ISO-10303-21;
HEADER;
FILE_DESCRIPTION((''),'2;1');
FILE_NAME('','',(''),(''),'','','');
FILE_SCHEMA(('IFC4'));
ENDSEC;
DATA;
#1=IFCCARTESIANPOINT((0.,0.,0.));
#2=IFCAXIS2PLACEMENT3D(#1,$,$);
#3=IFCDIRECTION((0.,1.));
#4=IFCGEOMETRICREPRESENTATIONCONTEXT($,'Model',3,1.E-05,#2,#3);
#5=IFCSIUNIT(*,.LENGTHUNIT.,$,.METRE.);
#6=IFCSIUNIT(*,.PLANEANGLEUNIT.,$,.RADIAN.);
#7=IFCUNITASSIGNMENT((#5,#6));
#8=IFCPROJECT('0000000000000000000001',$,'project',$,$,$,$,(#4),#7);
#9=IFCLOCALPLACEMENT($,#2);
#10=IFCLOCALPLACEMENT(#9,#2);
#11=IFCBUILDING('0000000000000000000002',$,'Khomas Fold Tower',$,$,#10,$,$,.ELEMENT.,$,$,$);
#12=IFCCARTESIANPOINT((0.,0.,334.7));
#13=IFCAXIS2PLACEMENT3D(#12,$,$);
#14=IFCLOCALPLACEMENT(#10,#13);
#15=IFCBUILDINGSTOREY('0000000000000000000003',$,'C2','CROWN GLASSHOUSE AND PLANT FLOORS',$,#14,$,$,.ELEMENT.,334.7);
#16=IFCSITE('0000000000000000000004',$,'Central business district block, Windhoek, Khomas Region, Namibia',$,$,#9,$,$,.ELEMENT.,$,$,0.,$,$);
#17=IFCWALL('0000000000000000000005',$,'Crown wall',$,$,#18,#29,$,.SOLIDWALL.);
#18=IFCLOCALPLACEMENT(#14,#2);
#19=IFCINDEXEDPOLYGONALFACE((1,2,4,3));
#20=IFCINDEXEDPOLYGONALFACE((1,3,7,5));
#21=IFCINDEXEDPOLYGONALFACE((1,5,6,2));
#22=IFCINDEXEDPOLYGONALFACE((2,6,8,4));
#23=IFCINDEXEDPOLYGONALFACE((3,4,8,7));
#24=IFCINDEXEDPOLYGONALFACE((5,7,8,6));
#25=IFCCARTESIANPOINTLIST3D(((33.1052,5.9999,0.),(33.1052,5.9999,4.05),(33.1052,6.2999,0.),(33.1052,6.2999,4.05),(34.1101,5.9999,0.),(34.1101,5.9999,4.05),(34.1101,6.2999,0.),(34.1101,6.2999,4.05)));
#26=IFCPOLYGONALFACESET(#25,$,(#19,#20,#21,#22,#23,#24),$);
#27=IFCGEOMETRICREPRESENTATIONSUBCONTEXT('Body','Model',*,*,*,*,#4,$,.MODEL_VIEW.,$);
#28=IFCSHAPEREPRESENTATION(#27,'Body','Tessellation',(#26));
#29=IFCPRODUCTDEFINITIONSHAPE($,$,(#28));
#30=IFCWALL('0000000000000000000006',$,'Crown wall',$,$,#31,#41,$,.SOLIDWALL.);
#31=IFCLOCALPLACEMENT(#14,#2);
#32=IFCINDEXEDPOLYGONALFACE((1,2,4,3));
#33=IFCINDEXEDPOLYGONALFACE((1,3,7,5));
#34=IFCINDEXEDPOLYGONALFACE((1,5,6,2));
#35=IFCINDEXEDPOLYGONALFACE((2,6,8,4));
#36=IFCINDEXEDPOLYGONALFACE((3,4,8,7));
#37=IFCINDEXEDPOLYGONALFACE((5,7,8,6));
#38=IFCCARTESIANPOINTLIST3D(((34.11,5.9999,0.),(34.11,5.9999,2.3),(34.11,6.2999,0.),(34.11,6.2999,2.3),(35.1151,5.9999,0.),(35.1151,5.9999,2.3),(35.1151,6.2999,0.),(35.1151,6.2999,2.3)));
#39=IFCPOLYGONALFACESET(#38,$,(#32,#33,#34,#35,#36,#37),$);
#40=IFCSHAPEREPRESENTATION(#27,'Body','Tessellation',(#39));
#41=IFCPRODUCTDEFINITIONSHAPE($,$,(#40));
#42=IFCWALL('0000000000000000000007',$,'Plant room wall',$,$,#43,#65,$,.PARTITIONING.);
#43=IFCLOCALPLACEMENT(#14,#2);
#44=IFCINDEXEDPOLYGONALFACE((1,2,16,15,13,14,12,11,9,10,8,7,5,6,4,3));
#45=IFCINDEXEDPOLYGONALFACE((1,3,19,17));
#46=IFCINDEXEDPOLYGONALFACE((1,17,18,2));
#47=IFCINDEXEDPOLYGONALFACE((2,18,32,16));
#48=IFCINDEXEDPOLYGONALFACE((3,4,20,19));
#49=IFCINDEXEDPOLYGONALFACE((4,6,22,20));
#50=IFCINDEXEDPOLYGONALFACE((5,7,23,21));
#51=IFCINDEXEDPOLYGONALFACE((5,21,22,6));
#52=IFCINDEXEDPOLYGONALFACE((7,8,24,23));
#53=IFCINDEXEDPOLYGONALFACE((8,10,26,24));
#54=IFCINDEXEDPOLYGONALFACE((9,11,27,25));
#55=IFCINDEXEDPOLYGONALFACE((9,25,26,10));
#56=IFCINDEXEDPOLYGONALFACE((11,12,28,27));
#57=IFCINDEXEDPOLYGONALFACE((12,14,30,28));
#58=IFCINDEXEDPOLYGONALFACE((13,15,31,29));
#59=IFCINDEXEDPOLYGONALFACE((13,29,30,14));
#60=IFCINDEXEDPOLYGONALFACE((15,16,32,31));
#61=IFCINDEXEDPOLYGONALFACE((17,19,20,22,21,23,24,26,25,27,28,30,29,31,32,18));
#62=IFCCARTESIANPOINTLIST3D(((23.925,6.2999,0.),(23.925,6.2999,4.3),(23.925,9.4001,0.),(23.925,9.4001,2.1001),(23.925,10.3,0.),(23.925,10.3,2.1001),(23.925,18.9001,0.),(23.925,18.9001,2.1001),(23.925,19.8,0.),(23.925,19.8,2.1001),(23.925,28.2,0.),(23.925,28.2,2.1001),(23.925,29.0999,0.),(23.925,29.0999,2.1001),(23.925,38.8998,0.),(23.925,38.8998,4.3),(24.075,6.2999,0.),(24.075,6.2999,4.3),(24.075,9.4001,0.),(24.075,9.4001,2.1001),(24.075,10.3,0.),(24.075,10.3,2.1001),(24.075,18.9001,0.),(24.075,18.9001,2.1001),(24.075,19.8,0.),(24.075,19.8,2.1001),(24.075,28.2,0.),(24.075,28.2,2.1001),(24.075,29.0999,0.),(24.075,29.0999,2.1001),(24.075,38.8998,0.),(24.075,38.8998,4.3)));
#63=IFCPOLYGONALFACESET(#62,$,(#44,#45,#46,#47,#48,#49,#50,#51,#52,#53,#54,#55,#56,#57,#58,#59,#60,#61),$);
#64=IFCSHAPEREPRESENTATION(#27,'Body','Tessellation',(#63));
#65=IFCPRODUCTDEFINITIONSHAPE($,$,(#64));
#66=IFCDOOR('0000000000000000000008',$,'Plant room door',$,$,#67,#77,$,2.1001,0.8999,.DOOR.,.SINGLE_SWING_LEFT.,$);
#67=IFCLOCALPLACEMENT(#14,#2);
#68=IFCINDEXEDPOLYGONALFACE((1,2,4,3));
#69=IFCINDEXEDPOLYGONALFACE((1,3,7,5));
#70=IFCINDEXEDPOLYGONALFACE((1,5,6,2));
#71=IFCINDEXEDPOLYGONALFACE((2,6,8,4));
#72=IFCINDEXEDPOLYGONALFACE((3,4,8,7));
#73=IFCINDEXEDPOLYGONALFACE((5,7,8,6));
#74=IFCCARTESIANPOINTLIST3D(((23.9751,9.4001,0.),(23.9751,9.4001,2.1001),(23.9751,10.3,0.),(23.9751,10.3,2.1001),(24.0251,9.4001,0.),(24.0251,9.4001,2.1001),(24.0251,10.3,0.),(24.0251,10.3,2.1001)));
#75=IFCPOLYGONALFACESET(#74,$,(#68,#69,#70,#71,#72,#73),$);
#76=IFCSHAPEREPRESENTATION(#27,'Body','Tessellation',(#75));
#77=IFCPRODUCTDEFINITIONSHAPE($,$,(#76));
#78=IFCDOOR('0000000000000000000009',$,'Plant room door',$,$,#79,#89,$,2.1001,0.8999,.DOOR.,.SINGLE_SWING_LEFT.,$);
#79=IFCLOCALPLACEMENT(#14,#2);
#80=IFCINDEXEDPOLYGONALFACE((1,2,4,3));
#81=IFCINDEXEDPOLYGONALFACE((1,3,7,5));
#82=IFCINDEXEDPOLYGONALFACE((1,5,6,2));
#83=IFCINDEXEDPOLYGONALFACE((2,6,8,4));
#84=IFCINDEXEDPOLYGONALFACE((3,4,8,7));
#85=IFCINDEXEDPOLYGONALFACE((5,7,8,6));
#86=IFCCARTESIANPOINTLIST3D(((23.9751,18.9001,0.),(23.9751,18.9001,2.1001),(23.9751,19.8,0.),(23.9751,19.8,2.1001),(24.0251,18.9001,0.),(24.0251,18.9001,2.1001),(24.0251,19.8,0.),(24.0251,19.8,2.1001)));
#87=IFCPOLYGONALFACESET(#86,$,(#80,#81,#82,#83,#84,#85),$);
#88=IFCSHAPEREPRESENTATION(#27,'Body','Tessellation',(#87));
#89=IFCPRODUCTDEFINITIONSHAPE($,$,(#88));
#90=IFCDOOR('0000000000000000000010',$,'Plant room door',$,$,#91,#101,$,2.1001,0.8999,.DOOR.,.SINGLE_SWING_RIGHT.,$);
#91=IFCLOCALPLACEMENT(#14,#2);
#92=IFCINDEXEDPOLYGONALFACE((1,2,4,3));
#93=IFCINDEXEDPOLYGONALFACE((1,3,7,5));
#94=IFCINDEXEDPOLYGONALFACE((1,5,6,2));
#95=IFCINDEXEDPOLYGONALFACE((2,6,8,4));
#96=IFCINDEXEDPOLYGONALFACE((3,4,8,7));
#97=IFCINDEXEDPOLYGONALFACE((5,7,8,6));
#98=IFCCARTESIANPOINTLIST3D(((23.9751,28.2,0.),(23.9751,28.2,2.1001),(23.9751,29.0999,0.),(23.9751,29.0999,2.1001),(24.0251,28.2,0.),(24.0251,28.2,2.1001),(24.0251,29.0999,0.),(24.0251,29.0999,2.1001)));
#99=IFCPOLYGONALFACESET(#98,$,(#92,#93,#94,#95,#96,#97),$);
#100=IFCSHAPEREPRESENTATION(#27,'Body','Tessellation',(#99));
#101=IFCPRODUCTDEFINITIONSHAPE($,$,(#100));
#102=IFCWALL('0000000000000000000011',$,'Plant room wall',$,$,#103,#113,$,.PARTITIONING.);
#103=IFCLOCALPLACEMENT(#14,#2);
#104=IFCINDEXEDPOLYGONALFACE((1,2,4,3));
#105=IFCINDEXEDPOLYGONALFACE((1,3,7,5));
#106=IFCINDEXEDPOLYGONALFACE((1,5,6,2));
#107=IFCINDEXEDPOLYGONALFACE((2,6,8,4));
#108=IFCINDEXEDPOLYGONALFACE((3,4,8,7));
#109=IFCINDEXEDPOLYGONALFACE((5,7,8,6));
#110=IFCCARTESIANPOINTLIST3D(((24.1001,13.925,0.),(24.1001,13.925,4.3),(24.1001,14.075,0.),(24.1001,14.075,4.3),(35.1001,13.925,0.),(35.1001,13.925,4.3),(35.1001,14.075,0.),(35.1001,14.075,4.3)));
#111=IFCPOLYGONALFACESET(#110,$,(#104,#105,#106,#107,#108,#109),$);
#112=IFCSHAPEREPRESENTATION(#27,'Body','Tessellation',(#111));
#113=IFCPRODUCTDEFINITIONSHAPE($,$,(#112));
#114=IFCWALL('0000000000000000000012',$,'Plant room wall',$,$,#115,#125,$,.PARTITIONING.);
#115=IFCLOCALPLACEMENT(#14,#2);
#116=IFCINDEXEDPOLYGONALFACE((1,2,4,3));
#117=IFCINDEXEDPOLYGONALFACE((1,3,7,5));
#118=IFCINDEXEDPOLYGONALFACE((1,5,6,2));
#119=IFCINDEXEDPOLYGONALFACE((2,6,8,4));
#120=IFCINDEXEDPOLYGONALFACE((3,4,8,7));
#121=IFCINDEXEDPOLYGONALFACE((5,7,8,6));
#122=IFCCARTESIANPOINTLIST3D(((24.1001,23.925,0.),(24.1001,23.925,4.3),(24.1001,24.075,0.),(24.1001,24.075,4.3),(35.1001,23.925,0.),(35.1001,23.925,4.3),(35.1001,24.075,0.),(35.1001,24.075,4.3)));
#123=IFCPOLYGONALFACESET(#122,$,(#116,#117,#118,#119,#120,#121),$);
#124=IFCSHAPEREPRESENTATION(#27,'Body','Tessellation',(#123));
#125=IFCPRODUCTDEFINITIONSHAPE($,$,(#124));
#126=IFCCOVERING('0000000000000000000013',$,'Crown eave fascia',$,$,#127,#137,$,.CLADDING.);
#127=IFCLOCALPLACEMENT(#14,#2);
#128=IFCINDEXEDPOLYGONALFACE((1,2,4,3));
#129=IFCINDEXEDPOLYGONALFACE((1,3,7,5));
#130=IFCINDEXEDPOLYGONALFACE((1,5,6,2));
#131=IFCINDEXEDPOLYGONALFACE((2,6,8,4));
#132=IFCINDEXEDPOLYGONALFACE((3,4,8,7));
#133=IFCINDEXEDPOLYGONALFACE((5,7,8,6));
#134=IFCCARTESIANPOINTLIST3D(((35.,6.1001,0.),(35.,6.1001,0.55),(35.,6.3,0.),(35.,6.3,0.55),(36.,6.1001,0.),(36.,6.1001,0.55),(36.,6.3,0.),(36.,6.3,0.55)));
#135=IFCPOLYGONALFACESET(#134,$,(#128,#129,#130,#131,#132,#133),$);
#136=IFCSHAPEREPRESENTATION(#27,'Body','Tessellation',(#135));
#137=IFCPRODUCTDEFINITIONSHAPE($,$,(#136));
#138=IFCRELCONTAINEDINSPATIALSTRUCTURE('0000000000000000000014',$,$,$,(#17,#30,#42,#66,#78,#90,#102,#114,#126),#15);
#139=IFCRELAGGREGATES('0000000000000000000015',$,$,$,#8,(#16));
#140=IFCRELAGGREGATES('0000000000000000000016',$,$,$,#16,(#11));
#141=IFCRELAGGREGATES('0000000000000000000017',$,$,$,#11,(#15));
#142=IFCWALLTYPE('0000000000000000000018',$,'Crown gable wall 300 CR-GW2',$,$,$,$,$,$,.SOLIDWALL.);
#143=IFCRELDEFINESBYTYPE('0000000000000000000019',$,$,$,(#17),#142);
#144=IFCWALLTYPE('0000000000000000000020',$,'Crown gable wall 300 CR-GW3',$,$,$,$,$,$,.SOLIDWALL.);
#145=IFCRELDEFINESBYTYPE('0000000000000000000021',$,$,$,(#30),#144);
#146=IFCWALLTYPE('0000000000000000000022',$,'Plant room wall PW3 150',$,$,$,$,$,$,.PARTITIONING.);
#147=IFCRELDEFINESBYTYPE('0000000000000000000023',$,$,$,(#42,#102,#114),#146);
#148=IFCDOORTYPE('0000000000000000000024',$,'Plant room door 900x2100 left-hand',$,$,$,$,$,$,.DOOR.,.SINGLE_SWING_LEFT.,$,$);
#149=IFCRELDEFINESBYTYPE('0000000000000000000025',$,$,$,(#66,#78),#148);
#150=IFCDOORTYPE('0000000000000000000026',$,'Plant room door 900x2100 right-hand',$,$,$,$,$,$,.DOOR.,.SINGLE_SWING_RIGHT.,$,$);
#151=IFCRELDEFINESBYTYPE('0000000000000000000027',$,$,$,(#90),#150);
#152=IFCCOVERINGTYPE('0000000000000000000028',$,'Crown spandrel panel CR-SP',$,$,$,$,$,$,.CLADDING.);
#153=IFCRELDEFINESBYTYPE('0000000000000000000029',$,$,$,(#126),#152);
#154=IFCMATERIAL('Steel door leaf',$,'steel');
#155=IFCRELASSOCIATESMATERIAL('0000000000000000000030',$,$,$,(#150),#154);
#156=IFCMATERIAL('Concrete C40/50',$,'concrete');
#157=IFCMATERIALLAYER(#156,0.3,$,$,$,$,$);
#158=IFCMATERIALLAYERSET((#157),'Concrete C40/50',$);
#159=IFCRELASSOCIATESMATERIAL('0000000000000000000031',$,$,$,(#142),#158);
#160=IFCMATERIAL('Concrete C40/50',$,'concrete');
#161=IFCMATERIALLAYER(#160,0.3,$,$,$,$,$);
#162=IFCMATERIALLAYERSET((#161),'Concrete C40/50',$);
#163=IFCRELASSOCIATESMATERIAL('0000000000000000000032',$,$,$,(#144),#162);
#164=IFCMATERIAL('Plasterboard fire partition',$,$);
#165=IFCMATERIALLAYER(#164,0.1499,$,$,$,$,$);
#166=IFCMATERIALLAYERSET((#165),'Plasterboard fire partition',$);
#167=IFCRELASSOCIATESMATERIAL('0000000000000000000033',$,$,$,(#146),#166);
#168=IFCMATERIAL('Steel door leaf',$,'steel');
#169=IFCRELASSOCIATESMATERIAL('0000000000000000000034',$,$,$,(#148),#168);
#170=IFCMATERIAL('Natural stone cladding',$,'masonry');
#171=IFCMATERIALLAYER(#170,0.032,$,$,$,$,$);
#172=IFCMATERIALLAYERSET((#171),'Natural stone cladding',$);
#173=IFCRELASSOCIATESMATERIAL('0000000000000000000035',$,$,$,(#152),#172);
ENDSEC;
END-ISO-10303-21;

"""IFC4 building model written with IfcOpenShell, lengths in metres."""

from ifc_helpers import new_model, si_unit, direction, frame, frame_2d, origin, place, context, subcontext, project, spatial, polyline, rectangle, outline, extrude, source, transform, mapped, material, layer, layer_set, type_object, element, fill, save


model = new_model("IFC4")

# Units and contexts
model_context = context("Model", 3, precision=1e-05, world=origin(), true_north=direction((0.0, 1.0)))
body_context = subcontext(model_context, "Body", "Model", "MODEL_VIEW")
ifc_project = project(units=[si_unit("LENGTHUNIT", "METRE"), si_unit("PLANEANGLEUNIT", "RADIAN")], contexts=[model_context])

# Site, building, storey
site_placement = place(None, origin())
site = spatial("IfcSite", under=ifc_project, at=site_placement, Name="Central business district block, Windhoek, Khomas Region, Namibia", CompositionType="ELEMENT", RefElevation=0.0)
building_placement = place(site_placement, origin())
building = spatial("IfcBuilding", under=site, at=building_placement, Name="Khomas Fold Tower", CompositionType="ELEMENT")
storey_placement = place(building_placement, frame((0.0, 0.0, 334.7)))
storey = spatial("IfcBuildingStorey", under=building, at=storey_placement, Name="C2", Description="CROWN GLASSHOUSE AND PLANT FLOORS", CompositionType="ELEMENT", Elevation=334.7)

# Shared definitions
ifc_material_1 = material(Name="Steel door leaf", Category="steel")
door_type_1 = type_object("IfcDoorType", Name="Plant room door 900x2100 right-hand", OperationType="SINGLE_SWING_RIGHT", PredefinedType="DOOR", material=ifc_material_1)

# Walls
ifc_material_2 = material(Name="Concrete C40/50", Category="concrete")
ifc_layer_1 = layer(ifc_material_2, 0.3)
ifc_layer_set_1 = layer_set([ifc_layer_1], Name="Concrete C40/50")
wall_type_1 = type_object("IfcWallType", Name="Crown gable wall 300 CR-GW2", PredefinedType="SOLIDWALL", material=ifc_layer_set_1)
shared_shape_1 = source(origin(), body_context, "Body", "SweptSolid", [
    extrude(rectangle(XDim=1.0049, YDim=0.3, at=frame_2d((0.5024, 0.0))), origin(), (0.0, 0.0, 1.0), 4.05),
])
wall_1_placement = place(storey_placement, frame((33.1052, 6.1499, 0.0), z_axis=(0.0, 0.0, 1.0), x_axis=(1.0, 0.0, 0.0)))
element("IfcWall", 1, at=wall_1_placement, inside=storey, type_object=wall_type_1, Name="Crown wall", PredefinedType="SOLIDWALL", context=body_context, shape_type="MappedRepresentation", body=[
    mapped(shared_shape_1, transform((0.0, 0.0, 0.0))),
])
ifc_material_3 = material(Name="Concrete C40/50", Category="concrete")
ifc_layer_2 = layer(ifc_material_3, 0.3)
ifc_layer_set_2 = layer_set([ifc_layer_2], Name="Concrete C40/50")
wall_type_2 = type_object("IfcWallType", Name="Crown gable wall 300 CR-GW3", PredefinedType="SOLIDWALL", material=ifc_layer_set_2)
shared_shape_2 = source(origin(), body_context, "Body", "SweptSolid", [
    extrude(rectangle(XDim=1.0051, YDim=0.3, at=frame_2d((0.5024, 0.0))), origin(), (0.0, 0.0, 1.0), 2.3),
])
wall_2_placement = place(storey_placement, frame((34.1101, 6.1499, 0.0), z_axis=(0.0, 0.0, 1.0), x_axis=(1.0, 0.0, 0.0)))
element("IfcWall", 2, at=wall_2_placement, inside=storey, type_object=wall_type_2, Name="Crown wall", PredefinedType="SOLIDWALL", context=body_context, shape_type="MappedRepresentation", body=[
    mapped(shared_shape_2, transform((0.0, 0.0, 0.0))),
])

# Wall, openings, doors
ifc_material_4 = material(Name="Plasterboard fire partition")
ifc_layer_3 = layer(ifc_material_4, 0.1499)
ifc_layer_set_3 = layer_set([ifc_layer_3], Name="Plasterboard fire partition")
wall_type_3 = type_object("IfcWallType", Name="Plant room wall PW3 150", PredefinedType="PARTITIONING", material=ifc_layer_set_3)
shared_shape_3 = source(origin(), body_context, "Body", "SweptSolid", [
    extrude(rectangle(XDim=32.5999, YDim=0.1499, at=frame_2d((16.2998, 0.0))), origin(), (0.0, 0.0, 1.0), 4.3),
])
wall_3_placement = place(storey_placement, frame((24.0, 6.3, 0.0), z_axis=(0.0, 0.0, 1.0), x_axis=(0.0, 1.0, 0.0)))
wall_3 = element("IfcWall", 3, at=wall_3_placement, inside=storey, type_object=wall_type_3, Name="Plant room wall", PredefinedType="PARTITIONING", context=body_context, shape_type="MappedRepresentation", body=[
    mapped(shared_shape_3, transform((0.0, 0.0, 0.0))),
])
shared_shape_4 = source(origin(), body_context, "Body", "SweptSolid", [
    extrude(rectangle(XDim=0.8999, YDim=2.1001, at=frame_2d((0.45, 1.05))), frame((0.0, 0.085, 0.0), z_axis=(0.0, -1.0, 0.0), x_axis=(1.0, 0.0, 0.0)), (0.0, 0.0, 1.0), 0.1699),
])
opening_1_placement = place(wall_3_placement, frame((3.1001, 0.0, 0.0)))
opening_1 = element("IfcOpeningElement", 4, at=opening_1_placement, cuts=wall_3, PredefinedType="OPENING", context=body_context, shape_type="MappedRepresentation", body=[
    mapped(shared_shape_4, transform((0.0, 0.0, 0.0))),
])
opening_2_placement = place(wall_3_placement, frame((12.6001, 0.0, 0.0)))
opening_2 = element("IfcOpeningElement", 5, at=opening_2_placement, cuts=wall_3, PredefinedType="OPENING", context=body_context, shape_type="MappedRepresentation", body=[
    mapped(shared_shape_4, transform((0.0, 0.0, 0.0))),
])
opening_3_placement = place(wall_3_placement, frame((21.8999, 0.0, 0.0)))
opening_3 = element("IfcOpeningElement", 6, at=opening_3_placement, cuts=wall_3, PredefinedType="OPENING", context=body_context, shape_type="MappedRepresentation", body=[
    mapped(shared_shape_4, transform((0.0, 0.0, 0.0))),
])
ifc_material_5 = material(Name="Steel door leaf", Category="steel")
door_type_2 = type_object("IfcDoorType", Name="Plant room door 900x2100 left-hand", OperationType="SINGLE_SWING_LEFT", PredefinedType="DOOR", material=ifc_material_5)
shared_shape_5 = source(origin(), body_context, "Body", "SweptSolid", [
    extrude(rectangle(XDim=0.8999, YDim=2.1001, at=frame_2d((0.45, 1.05))), frame((0.0, 0.0249, 0.0), z_axis=(0.0, -1.0, 0.0), x_axis=(1.0, 0.0, 0.0)), (0.0, 0.0, 1.0), 0.05),
])
door_1_placement = place(opening_1_placement, origin())
door_1 = element("IfcDoor", 7, at=door_1_placement, inside=storey, type_object=door_type_2, Name="Plant room door", OperationType="SINGLE_SWING_LEFT", OverallHeight=2.1001, OverallWidth=0.8999, PredefinedType="DOOR", context=body_context, shape_type="MappedRepresentation", body=[
    mapped(shared_shape_5, transform((0.0, 0.0, 0.0))),
])
fill(opening_1, door_1)
door_2_placement = place(opening_2_placement, origin())
door_2 = element("IfcDoor", 8, at=door_2_placement, inside=storey, type_object=door_type_2, Name="Plant room door", OperationType="SINGLE_SWING_LEFT", OverallHeight=2.1001, OverallWidth=0.8999, PredefinedType="DOOR", context=body_context, shape_type="MappedRepresentation", body=[
    mapped(shared_shape_5, transform((0.0, 0.0, 0.0))),
])
fill(opening_2, door_2)
door_3_placement = place(opening_3_placement, origin())
door_3 = element("IfcDoor", 9, at=door_3_placement, inside=storey, type_object=door_type_1, Name="Plant room door", OperationType="SINGLE_SWING_RIGHT", OverallHeight=2.1001, OverallWidth=0.8999, PredefinedType="DOOR", context=body_context, shape_type="MappedRepresentation", body=[
    mapped(shared_shape_5, transform((0.0, 0.0, 0.0))),
])
fill(opening_3, door_3)

# Walls
shared_shape_6 = source(origin(), body_context, "Body", "SweptSolid", [
    extrude(rectangle(XDim=11.0, YDim=0.1499, at=frame_2d((5.5, 0.0))), origin(), (0.0, 0.0, 1.0), 4.3),
])
for number, where, z_axis, x_axis, name in (
    (10, (24.1001, 14.0, 0.0), (0.0, 0.0, 1.0), (1.0, 0.0, 0.0), "Plant room wall"),
    (11, (24.1001, 24.0, 0.0), (0.0, 0.0, 1.0), (1.0, 0.0, 0.0), "Plant room wall"),
):
    element("IfcWall", number, at=place(storey_placement, frame(where, z_axis=z_axis, x_axis=x_axis)), inside=storey, type_object=wall_type_3, Name=name, PredefinedType="PARTITIONING", context=body_context, shape_type="MappedRepresentation", body=[
        mapped(shared_shape_6, transform((0.0, 0.0, 0.0))),
    ])

# Covering
ifc_material_6 = material(Name="Natural stone cladding", Category="masonry")
ifc_layer_4 = layer(ifc_material_6, 0.032)
ifc_layer_set_4 = layer_set([ifc_layer_4], Name="Natural stone cladding")
covering_type = type_object("IfcCoveringType", Name="Crown spandrel panel CR-SP", PredefinedType="CLADDING", material=ifc_layer_set_4)
covering_placement = place(storey_placement, frame((35.0, 6.1001, 0.0), z_axis=(0.0, -1.0, 0.0), x_axis=(1.0, 0.0, 0.0)))
element("IfcCovering", 12, at=covering_placement, inside=storey, type_object=covering_type, Name="Crown eave fascia", PredefinedType="CLADDING", context=body_context, shape_type="SweptSolid", body=[
    extrude(outline(polyline([(0.0, 0.0), (1.0, 0.0), (1.0, 0.55), (0.0, 0.55), (0.0, 0.0)])), origin(), (0.0, 0.0, -1.0), 0.2),
])

save(model, "model.ifc")
